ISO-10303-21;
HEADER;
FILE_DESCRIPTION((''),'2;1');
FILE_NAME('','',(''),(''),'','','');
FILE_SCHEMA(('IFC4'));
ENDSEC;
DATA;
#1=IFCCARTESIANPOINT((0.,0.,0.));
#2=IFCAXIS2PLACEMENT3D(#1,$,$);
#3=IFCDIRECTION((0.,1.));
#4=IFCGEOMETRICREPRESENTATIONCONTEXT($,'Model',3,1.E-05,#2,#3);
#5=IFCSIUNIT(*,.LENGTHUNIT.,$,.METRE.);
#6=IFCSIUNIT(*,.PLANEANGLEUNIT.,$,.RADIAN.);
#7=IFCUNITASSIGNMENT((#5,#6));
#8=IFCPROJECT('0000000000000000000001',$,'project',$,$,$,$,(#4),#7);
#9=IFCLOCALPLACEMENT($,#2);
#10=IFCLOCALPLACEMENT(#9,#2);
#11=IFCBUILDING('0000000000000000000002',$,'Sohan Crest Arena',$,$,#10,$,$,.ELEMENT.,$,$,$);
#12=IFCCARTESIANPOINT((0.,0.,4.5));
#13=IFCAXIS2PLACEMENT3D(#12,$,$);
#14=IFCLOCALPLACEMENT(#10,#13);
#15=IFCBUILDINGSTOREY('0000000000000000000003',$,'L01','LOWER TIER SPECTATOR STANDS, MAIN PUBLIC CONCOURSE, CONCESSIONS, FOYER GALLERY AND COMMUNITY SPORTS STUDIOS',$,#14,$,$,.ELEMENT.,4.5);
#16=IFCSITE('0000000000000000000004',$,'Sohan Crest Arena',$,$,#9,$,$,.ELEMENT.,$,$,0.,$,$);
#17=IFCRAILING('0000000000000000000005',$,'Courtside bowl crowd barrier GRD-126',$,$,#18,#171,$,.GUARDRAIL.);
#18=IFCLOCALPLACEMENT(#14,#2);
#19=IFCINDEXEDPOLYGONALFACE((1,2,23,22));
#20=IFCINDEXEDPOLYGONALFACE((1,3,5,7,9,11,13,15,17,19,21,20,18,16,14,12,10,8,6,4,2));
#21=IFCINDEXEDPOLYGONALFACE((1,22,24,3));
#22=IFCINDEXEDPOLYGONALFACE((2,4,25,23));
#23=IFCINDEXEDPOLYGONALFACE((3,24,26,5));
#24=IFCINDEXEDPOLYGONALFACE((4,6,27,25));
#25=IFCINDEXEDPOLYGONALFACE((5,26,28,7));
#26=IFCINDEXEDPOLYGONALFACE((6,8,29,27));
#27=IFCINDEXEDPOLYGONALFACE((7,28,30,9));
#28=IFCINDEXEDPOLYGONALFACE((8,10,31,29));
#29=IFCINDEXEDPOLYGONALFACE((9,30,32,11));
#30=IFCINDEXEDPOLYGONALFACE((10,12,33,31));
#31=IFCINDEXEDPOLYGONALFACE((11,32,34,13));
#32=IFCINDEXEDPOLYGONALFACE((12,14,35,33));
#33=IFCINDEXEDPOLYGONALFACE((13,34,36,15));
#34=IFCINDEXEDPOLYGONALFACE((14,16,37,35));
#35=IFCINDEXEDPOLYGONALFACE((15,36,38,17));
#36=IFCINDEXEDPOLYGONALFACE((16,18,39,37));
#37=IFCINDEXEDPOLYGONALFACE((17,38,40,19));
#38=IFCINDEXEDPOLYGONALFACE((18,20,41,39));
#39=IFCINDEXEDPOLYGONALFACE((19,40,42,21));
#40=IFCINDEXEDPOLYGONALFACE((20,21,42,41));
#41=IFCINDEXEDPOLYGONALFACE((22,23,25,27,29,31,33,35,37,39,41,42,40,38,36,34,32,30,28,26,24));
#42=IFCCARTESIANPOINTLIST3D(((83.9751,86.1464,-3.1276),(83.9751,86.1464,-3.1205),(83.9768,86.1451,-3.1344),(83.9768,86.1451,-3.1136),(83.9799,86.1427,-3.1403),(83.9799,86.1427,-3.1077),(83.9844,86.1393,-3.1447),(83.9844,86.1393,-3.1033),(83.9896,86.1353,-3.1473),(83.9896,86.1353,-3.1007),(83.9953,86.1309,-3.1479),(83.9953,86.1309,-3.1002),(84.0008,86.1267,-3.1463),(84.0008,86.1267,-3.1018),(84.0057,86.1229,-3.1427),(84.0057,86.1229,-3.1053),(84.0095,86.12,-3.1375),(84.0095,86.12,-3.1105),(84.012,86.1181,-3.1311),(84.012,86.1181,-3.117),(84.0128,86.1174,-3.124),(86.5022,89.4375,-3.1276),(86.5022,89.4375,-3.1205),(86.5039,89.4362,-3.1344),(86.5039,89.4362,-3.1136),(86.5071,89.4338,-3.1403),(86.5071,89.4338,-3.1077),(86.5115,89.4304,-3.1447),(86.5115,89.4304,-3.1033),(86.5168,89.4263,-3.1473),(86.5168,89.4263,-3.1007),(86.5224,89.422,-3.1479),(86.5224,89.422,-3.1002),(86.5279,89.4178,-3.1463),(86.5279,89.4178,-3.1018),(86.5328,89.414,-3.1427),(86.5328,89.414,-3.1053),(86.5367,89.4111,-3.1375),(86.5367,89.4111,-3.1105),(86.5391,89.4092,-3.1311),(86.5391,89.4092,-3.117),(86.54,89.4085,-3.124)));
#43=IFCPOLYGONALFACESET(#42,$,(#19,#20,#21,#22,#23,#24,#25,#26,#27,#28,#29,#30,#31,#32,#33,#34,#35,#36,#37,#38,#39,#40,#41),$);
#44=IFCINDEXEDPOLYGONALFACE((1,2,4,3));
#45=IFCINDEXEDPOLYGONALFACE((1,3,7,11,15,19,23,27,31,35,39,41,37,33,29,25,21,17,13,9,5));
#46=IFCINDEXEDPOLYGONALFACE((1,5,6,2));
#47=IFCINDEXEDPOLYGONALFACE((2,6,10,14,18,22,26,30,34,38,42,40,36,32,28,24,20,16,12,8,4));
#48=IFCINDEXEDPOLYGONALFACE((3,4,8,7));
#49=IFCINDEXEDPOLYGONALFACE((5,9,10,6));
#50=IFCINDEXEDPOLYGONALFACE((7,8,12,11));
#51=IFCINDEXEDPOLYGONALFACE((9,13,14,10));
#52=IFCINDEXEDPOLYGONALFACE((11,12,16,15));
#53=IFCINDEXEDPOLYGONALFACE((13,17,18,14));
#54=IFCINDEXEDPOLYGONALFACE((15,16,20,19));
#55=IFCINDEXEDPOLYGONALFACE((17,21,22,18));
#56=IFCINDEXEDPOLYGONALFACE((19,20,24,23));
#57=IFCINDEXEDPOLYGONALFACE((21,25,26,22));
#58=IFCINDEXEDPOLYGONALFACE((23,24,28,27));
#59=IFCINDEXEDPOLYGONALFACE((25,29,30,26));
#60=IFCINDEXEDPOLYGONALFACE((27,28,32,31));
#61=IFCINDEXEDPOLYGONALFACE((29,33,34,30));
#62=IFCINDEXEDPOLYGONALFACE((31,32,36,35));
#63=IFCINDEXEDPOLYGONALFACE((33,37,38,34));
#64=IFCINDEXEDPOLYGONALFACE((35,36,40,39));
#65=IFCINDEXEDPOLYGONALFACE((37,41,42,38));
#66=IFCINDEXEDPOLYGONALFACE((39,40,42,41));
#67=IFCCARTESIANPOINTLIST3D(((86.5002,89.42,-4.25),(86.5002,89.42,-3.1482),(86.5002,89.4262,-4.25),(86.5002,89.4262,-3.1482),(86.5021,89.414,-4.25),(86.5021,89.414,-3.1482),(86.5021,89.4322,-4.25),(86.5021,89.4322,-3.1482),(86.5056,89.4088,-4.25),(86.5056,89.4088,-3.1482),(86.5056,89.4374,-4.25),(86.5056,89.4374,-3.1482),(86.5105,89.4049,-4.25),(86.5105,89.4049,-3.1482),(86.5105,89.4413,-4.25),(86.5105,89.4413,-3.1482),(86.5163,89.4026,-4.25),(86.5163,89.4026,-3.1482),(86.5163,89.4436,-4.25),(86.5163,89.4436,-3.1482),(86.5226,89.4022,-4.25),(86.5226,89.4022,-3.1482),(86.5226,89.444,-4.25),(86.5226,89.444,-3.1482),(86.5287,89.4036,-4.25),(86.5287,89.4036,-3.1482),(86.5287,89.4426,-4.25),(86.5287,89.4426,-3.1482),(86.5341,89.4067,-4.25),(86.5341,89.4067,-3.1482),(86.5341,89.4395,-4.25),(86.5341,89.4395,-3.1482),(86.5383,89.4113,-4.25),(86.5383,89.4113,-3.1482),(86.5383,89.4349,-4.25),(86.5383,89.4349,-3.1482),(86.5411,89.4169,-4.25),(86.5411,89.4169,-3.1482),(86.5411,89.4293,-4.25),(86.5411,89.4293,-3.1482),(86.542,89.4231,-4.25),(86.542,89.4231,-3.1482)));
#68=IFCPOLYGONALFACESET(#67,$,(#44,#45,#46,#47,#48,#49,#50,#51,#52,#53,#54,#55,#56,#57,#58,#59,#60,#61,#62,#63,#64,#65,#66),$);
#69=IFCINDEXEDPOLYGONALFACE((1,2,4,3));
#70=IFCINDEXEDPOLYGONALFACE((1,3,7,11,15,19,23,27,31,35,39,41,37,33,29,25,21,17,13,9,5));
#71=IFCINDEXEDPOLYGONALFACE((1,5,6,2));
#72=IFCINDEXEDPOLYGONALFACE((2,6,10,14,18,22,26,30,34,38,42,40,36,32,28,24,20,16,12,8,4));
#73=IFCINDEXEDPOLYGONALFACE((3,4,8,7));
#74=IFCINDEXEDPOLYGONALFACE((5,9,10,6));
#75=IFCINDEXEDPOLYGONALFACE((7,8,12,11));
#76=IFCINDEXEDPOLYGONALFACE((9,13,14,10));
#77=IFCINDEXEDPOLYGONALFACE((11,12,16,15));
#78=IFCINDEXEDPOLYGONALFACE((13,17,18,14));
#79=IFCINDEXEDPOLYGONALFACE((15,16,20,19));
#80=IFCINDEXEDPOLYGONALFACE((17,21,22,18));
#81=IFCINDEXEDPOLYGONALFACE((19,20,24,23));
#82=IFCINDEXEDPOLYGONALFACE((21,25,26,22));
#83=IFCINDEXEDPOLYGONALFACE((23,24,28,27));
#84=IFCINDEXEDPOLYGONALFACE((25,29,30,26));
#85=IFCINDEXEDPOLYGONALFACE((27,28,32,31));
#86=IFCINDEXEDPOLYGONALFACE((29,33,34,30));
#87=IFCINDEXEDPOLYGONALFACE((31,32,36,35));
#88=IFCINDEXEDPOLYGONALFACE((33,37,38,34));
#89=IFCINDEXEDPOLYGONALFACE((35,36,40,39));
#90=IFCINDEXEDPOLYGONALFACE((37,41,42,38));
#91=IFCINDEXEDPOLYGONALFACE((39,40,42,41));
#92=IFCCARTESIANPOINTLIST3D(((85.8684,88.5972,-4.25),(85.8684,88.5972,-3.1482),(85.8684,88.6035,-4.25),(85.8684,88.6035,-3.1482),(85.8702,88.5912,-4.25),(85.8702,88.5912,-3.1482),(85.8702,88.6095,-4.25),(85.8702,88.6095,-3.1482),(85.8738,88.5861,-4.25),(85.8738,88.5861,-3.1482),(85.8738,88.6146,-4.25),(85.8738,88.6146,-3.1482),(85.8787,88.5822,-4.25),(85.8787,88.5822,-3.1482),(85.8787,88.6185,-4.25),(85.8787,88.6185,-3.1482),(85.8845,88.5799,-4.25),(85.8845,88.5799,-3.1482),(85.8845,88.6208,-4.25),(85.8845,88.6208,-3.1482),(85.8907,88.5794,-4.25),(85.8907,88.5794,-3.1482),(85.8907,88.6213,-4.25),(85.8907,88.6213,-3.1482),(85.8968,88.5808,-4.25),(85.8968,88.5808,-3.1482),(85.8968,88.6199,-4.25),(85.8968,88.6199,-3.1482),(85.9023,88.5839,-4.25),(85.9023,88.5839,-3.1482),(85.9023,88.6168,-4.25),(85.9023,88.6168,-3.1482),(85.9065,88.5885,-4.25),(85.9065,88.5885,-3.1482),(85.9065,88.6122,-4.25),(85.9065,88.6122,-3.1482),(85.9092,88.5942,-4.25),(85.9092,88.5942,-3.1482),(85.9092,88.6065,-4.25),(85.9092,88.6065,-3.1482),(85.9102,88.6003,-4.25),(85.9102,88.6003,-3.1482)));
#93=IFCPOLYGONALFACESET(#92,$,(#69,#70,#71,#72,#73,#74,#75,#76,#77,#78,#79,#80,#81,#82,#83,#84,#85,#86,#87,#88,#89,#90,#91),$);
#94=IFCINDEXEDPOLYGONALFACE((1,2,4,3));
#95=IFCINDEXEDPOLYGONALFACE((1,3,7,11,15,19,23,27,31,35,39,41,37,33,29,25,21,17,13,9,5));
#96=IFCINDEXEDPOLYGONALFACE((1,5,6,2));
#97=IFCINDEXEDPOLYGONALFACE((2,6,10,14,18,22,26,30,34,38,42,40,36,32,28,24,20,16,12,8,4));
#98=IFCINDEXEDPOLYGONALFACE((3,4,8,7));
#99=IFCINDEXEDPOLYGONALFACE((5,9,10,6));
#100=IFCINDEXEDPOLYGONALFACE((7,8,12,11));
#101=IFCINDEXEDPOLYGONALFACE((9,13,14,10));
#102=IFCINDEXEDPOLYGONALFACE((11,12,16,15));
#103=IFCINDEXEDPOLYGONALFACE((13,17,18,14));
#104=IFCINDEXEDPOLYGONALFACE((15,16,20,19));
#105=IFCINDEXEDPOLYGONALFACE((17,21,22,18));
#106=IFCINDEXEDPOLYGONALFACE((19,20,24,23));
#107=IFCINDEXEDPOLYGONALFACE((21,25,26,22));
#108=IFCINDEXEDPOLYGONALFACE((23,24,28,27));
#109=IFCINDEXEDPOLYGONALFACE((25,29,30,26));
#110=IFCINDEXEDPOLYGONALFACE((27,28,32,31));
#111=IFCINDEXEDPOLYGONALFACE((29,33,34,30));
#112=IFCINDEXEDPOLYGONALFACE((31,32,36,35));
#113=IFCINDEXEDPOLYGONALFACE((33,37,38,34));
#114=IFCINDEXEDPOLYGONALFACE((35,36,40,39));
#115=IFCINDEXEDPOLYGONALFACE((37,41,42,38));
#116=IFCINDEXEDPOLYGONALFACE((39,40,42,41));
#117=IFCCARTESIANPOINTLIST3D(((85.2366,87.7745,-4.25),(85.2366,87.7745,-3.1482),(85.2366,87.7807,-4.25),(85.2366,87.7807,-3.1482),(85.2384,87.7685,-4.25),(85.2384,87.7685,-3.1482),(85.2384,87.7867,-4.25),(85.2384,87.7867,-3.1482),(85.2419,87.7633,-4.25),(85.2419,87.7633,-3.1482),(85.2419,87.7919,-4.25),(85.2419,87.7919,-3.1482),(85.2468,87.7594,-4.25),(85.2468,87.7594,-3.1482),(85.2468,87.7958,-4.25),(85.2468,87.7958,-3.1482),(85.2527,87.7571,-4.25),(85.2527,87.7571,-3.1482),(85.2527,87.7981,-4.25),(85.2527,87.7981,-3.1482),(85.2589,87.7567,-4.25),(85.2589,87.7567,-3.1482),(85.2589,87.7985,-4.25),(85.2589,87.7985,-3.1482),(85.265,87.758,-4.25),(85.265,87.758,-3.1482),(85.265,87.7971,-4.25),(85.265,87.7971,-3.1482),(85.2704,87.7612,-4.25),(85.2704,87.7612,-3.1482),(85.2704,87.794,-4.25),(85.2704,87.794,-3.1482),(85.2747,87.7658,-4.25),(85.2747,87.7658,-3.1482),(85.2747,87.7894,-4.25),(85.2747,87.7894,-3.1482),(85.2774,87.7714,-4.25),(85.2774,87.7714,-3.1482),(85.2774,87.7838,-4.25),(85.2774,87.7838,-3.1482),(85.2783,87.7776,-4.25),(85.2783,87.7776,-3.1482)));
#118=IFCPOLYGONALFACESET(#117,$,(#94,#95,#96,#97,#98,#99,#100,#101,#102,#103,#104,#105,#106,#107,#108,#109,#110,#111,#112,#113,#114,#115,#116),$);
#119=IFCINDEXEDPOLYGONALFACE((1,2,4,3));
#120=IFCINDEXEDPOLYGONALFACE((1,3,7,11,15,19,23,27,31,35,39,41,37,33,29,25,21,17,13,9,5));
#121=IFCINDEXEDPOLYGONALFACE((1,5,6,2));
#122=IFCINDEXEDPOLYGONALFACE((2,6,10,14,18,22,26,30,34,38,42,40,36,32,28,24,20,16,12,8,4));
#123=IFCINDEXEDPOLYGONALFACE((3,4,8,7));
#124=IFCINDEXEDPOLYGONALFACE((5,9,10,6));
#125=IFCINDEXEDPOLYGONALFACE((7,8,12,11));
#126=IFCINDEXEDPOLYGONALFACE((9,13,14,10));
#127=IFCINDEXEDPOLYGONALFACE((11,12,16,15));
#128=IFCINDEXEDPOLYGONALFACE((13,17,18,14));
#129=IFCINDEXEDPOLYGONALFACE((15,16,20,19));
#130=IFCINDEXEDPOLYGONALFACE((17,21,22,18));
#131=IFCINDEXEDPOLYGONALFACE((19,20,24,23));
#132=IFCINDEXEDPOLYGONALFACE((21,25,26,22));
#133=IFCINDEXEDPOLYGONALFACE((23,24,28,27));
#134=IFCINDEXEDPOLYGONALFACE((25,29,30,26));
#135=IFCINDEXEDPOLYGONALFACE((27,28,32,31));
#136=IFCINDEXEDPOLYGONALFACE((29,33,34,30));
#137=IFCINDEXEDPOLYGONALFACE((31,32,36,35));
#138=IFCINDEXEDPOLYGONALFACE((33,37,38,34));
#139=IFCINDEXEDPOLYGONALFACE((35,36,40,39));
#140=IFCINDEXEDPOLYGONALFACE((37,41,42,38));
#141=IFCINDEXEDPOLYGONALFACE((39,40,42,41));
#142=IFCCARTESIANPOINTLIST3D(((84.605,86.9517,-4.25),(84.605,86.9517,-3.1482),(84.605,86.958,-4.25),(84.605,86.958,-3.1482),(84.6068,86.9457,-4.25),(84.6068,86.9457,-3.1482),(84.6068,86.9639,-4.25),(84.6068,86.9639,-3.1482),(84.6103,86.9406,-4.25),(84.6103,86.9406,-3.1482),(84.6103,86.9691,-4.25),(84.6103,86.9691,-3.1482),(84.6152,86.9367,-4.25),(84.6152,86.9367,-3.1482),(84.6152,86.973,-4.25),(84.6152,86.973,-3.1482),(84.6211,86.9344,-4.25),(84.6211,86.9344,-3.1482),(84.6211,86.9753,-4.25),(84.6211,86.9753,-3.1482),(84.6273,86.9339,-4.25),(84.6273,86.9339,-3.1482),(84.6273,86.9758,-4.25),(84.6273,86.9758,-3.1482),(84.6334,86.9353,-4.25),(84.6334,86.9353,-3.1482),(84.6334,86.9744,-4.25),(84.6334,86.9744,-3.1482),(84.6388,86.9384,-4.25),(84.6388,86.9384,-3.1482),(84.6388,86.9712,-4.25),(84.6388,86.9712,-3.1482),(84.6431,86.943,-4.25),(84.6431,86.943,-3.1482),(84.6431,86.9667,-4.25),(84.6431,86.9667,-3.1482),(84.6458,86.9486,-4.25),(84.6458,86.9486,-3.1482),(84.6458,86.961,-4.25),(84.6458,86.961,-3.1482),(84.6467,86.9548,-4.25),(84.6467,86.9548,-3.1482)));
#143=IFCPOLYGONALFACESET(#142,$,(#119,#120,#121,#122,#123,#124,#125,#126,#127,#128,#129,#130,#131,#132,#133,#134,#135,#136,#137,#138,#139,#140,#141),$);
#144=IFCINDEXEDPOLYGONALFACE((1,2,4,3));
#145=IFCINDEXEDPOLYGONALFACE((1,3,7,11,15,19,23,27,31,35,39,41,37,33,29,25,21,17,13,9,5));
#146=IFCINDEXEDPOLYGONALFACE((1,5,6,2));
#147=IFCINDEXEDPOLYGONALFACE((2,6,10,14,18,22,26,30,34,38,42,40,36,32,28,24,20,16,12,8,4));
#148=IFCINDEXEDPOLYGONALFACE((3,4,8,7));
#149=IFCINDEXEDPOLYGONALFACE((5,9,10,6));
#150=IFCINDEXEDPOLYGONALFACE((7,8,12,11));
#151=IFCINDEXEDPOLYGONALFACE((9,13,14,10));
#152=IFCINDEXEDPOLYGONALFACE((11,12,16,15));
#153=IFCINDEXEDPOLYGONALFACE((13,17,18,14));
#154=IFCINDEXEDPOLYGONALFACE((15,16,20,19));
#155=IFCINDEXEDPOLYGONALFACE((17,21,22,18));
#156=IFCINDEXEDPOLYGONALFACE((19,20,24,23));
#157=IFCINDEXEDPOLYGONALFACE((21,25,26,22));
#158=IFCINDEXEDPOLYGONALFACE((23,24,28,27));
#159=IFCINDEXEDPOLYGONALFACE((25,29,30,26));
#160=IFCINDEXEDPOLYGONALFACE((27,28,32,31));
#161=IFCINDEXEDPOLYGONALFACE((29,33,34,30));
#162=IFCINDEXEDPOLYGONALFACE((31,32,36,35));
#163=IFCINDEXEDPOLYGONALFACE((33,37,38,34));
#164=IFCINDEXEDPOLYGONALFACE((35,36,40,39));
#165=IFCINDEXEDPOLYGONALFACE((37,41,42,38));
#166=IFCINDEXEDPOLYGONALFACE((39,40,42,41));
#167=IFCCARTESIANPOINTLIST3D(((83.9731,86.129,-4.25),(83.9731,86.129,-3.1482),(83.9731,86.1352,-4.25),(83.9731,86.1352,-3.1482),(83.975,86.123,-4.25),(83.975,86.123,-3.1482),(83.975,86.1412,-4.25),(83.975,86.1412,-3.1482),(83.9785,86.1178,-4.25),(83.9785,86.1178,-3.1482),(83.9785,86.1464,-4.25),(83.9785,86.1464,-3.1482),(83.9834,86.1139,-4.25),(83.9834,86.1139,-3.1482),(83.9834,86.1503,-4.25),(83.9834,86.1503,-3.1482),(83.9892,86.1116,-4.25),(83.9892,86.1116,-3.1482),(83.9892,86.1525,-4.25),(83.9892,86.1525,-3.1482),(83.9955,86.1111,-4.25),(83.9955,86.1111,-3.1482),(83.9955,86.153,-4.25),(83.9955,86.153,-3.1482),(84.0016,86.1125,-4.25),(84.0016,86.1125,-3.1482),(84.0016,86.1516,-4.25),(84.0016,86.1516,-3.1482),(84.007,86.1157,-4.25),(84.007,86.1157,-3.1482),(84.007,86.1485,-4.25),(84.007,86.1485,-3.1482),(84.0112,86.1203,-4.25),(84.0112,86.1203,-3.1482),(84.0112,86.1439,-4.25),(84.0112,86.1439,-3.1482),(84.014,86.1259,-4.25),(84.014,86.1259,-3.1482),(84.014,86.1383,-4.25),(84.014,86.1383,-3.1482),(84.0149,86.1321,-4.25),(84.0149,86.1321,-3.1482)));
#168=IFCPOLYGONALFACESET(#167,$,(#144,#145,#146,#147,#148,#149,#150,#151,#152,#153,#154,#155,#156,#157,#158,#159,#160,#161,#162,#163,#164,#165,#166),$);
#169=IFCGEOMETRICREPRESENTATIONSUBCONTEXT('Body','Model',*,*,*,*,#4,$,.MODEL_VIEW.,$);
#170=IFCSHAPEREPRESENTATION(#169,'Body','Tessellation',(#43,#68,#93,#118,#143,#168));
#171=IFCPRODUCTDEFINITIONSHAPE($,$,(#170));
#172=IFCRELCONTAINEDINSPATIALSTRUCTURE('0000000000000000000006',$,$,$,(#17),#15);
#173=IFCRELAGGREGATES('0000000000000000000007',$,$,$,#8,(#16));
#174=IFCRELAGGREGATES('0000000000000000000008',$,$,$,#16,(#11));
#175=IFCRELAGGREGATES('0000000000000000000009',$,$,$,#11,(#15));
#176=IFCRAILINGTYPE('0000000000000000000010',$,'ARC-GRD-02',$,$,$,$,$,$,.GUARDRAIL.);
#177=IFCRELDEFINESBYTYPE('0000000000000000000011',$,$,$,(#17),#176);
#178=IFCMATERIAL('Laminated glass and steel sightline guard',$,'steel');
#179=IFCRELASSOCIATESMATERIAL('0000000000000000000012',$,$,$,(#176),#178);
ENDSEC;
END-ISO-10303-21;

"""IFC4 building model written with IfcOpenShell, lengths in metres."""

from ifc_helpers import new_model, si_unit, direction, frame, origin, origin_2d, place, context, subcontext, project, spatial, circle, extrude, material, type_object, element, save


model = new_model("IFC4")

# Units and contexts
model_context = context("Model", 3, precision=1e-05, world=origin(), true_north=direction((0.0, 1.0)))
body_context = subcontext(model_context, "Body", "Model", "MODEL_VIEW")
ifc_project = project(units=[si_unit("LENGTHUNIT", "METRE"), si_unit("PLANEANGLEUNIT", "RADIAN")], contexts=[model_context])

# Site, building, storey
site_placement = place(None, origin())
site = spatial("IfcSite", under=ifc_project, at=site_placement, Name="Sohan Crest Arena", CompositionType="ELEMENT", RefElevation=0.0)
building_placement = place(site_placement, origin())
building = spatial("IfcBuilding", under=site, at=building_placement, Name="Sohan Crest Arena", CompositionType="ELEMENT")
storey_placement = place(building_placement, frame((0.0, 0.0, 4.5)))
storey = spatial("IfcBuildingStorey", under=building, at=storey_placement, Name="L01", Description="LOWER TIER SPECTATOR STANDS, MAIN PUBLIC CONCOURSE, CONCESSIONS, FOYER GALLERY AND COMMUNITY SPORTS STUDIOS", CompositionType="ELEMENT", Elevation=4.5)

# Railing
ifc_material_1 = material(Name="Laminated glass and steel sightline guard", Category="steel")
railing_type = type_object("IfcRailingType", Name="ARC-GRD-02", PredefinedType="GUARDRAIL", material=ifc_material_1)
railing_1_placement = place(storey_placement, frame((86.521, 89.4231, -4.25)))
element("IfcRailing", 1, at=railing_1_placement, inside=storey, type_object=railing_type, Name="Courtside bowl crowd barrier GRD-126", PredefinedType="GUARDRAIL", context=body_context, shape_type="SweptSolid", body=[
    extrude(circle(Radius=0.0239, at=origin_2d()), frame((0.0, 0.0, 1.126), z_axis=(-0.609037, -0.793142, 0.0), x_axis=(0.793142, -0.609037, 0.0)), (0.0, 0.0, 1.0), 4.1494),
    extrude(circle(Radius=0.021, at=origin_2d()), origin(), (0.0, 0.0, 1.0), 1.1018),
    extrude(circle(Radius=0.021, at=origin_2d()), frame((-0.6318, -0.8228, 0.0)), (0.0, 0.0, 1.0), 1.1018),
    extrude(circle(Radius=0.021, at=origin_2d()), frame((-1.2637, -1.6455, 0.0)), (0.0, 0.0, 1.0), 1.1018),
    extrude(circle(Radius=0.021, at=origin_2d()), frame((-1.8953, -2.4683, 0.0)), (0.0, 0.0, 1.0), 1.1018),
    extrude(circle(Radius=0.021, at=origin_2d()), frame((-2.5271, -3.291, 0.0)), (0.0, 0.0, 1.0), 1.1018),
])

save(model, "model.ifc")
